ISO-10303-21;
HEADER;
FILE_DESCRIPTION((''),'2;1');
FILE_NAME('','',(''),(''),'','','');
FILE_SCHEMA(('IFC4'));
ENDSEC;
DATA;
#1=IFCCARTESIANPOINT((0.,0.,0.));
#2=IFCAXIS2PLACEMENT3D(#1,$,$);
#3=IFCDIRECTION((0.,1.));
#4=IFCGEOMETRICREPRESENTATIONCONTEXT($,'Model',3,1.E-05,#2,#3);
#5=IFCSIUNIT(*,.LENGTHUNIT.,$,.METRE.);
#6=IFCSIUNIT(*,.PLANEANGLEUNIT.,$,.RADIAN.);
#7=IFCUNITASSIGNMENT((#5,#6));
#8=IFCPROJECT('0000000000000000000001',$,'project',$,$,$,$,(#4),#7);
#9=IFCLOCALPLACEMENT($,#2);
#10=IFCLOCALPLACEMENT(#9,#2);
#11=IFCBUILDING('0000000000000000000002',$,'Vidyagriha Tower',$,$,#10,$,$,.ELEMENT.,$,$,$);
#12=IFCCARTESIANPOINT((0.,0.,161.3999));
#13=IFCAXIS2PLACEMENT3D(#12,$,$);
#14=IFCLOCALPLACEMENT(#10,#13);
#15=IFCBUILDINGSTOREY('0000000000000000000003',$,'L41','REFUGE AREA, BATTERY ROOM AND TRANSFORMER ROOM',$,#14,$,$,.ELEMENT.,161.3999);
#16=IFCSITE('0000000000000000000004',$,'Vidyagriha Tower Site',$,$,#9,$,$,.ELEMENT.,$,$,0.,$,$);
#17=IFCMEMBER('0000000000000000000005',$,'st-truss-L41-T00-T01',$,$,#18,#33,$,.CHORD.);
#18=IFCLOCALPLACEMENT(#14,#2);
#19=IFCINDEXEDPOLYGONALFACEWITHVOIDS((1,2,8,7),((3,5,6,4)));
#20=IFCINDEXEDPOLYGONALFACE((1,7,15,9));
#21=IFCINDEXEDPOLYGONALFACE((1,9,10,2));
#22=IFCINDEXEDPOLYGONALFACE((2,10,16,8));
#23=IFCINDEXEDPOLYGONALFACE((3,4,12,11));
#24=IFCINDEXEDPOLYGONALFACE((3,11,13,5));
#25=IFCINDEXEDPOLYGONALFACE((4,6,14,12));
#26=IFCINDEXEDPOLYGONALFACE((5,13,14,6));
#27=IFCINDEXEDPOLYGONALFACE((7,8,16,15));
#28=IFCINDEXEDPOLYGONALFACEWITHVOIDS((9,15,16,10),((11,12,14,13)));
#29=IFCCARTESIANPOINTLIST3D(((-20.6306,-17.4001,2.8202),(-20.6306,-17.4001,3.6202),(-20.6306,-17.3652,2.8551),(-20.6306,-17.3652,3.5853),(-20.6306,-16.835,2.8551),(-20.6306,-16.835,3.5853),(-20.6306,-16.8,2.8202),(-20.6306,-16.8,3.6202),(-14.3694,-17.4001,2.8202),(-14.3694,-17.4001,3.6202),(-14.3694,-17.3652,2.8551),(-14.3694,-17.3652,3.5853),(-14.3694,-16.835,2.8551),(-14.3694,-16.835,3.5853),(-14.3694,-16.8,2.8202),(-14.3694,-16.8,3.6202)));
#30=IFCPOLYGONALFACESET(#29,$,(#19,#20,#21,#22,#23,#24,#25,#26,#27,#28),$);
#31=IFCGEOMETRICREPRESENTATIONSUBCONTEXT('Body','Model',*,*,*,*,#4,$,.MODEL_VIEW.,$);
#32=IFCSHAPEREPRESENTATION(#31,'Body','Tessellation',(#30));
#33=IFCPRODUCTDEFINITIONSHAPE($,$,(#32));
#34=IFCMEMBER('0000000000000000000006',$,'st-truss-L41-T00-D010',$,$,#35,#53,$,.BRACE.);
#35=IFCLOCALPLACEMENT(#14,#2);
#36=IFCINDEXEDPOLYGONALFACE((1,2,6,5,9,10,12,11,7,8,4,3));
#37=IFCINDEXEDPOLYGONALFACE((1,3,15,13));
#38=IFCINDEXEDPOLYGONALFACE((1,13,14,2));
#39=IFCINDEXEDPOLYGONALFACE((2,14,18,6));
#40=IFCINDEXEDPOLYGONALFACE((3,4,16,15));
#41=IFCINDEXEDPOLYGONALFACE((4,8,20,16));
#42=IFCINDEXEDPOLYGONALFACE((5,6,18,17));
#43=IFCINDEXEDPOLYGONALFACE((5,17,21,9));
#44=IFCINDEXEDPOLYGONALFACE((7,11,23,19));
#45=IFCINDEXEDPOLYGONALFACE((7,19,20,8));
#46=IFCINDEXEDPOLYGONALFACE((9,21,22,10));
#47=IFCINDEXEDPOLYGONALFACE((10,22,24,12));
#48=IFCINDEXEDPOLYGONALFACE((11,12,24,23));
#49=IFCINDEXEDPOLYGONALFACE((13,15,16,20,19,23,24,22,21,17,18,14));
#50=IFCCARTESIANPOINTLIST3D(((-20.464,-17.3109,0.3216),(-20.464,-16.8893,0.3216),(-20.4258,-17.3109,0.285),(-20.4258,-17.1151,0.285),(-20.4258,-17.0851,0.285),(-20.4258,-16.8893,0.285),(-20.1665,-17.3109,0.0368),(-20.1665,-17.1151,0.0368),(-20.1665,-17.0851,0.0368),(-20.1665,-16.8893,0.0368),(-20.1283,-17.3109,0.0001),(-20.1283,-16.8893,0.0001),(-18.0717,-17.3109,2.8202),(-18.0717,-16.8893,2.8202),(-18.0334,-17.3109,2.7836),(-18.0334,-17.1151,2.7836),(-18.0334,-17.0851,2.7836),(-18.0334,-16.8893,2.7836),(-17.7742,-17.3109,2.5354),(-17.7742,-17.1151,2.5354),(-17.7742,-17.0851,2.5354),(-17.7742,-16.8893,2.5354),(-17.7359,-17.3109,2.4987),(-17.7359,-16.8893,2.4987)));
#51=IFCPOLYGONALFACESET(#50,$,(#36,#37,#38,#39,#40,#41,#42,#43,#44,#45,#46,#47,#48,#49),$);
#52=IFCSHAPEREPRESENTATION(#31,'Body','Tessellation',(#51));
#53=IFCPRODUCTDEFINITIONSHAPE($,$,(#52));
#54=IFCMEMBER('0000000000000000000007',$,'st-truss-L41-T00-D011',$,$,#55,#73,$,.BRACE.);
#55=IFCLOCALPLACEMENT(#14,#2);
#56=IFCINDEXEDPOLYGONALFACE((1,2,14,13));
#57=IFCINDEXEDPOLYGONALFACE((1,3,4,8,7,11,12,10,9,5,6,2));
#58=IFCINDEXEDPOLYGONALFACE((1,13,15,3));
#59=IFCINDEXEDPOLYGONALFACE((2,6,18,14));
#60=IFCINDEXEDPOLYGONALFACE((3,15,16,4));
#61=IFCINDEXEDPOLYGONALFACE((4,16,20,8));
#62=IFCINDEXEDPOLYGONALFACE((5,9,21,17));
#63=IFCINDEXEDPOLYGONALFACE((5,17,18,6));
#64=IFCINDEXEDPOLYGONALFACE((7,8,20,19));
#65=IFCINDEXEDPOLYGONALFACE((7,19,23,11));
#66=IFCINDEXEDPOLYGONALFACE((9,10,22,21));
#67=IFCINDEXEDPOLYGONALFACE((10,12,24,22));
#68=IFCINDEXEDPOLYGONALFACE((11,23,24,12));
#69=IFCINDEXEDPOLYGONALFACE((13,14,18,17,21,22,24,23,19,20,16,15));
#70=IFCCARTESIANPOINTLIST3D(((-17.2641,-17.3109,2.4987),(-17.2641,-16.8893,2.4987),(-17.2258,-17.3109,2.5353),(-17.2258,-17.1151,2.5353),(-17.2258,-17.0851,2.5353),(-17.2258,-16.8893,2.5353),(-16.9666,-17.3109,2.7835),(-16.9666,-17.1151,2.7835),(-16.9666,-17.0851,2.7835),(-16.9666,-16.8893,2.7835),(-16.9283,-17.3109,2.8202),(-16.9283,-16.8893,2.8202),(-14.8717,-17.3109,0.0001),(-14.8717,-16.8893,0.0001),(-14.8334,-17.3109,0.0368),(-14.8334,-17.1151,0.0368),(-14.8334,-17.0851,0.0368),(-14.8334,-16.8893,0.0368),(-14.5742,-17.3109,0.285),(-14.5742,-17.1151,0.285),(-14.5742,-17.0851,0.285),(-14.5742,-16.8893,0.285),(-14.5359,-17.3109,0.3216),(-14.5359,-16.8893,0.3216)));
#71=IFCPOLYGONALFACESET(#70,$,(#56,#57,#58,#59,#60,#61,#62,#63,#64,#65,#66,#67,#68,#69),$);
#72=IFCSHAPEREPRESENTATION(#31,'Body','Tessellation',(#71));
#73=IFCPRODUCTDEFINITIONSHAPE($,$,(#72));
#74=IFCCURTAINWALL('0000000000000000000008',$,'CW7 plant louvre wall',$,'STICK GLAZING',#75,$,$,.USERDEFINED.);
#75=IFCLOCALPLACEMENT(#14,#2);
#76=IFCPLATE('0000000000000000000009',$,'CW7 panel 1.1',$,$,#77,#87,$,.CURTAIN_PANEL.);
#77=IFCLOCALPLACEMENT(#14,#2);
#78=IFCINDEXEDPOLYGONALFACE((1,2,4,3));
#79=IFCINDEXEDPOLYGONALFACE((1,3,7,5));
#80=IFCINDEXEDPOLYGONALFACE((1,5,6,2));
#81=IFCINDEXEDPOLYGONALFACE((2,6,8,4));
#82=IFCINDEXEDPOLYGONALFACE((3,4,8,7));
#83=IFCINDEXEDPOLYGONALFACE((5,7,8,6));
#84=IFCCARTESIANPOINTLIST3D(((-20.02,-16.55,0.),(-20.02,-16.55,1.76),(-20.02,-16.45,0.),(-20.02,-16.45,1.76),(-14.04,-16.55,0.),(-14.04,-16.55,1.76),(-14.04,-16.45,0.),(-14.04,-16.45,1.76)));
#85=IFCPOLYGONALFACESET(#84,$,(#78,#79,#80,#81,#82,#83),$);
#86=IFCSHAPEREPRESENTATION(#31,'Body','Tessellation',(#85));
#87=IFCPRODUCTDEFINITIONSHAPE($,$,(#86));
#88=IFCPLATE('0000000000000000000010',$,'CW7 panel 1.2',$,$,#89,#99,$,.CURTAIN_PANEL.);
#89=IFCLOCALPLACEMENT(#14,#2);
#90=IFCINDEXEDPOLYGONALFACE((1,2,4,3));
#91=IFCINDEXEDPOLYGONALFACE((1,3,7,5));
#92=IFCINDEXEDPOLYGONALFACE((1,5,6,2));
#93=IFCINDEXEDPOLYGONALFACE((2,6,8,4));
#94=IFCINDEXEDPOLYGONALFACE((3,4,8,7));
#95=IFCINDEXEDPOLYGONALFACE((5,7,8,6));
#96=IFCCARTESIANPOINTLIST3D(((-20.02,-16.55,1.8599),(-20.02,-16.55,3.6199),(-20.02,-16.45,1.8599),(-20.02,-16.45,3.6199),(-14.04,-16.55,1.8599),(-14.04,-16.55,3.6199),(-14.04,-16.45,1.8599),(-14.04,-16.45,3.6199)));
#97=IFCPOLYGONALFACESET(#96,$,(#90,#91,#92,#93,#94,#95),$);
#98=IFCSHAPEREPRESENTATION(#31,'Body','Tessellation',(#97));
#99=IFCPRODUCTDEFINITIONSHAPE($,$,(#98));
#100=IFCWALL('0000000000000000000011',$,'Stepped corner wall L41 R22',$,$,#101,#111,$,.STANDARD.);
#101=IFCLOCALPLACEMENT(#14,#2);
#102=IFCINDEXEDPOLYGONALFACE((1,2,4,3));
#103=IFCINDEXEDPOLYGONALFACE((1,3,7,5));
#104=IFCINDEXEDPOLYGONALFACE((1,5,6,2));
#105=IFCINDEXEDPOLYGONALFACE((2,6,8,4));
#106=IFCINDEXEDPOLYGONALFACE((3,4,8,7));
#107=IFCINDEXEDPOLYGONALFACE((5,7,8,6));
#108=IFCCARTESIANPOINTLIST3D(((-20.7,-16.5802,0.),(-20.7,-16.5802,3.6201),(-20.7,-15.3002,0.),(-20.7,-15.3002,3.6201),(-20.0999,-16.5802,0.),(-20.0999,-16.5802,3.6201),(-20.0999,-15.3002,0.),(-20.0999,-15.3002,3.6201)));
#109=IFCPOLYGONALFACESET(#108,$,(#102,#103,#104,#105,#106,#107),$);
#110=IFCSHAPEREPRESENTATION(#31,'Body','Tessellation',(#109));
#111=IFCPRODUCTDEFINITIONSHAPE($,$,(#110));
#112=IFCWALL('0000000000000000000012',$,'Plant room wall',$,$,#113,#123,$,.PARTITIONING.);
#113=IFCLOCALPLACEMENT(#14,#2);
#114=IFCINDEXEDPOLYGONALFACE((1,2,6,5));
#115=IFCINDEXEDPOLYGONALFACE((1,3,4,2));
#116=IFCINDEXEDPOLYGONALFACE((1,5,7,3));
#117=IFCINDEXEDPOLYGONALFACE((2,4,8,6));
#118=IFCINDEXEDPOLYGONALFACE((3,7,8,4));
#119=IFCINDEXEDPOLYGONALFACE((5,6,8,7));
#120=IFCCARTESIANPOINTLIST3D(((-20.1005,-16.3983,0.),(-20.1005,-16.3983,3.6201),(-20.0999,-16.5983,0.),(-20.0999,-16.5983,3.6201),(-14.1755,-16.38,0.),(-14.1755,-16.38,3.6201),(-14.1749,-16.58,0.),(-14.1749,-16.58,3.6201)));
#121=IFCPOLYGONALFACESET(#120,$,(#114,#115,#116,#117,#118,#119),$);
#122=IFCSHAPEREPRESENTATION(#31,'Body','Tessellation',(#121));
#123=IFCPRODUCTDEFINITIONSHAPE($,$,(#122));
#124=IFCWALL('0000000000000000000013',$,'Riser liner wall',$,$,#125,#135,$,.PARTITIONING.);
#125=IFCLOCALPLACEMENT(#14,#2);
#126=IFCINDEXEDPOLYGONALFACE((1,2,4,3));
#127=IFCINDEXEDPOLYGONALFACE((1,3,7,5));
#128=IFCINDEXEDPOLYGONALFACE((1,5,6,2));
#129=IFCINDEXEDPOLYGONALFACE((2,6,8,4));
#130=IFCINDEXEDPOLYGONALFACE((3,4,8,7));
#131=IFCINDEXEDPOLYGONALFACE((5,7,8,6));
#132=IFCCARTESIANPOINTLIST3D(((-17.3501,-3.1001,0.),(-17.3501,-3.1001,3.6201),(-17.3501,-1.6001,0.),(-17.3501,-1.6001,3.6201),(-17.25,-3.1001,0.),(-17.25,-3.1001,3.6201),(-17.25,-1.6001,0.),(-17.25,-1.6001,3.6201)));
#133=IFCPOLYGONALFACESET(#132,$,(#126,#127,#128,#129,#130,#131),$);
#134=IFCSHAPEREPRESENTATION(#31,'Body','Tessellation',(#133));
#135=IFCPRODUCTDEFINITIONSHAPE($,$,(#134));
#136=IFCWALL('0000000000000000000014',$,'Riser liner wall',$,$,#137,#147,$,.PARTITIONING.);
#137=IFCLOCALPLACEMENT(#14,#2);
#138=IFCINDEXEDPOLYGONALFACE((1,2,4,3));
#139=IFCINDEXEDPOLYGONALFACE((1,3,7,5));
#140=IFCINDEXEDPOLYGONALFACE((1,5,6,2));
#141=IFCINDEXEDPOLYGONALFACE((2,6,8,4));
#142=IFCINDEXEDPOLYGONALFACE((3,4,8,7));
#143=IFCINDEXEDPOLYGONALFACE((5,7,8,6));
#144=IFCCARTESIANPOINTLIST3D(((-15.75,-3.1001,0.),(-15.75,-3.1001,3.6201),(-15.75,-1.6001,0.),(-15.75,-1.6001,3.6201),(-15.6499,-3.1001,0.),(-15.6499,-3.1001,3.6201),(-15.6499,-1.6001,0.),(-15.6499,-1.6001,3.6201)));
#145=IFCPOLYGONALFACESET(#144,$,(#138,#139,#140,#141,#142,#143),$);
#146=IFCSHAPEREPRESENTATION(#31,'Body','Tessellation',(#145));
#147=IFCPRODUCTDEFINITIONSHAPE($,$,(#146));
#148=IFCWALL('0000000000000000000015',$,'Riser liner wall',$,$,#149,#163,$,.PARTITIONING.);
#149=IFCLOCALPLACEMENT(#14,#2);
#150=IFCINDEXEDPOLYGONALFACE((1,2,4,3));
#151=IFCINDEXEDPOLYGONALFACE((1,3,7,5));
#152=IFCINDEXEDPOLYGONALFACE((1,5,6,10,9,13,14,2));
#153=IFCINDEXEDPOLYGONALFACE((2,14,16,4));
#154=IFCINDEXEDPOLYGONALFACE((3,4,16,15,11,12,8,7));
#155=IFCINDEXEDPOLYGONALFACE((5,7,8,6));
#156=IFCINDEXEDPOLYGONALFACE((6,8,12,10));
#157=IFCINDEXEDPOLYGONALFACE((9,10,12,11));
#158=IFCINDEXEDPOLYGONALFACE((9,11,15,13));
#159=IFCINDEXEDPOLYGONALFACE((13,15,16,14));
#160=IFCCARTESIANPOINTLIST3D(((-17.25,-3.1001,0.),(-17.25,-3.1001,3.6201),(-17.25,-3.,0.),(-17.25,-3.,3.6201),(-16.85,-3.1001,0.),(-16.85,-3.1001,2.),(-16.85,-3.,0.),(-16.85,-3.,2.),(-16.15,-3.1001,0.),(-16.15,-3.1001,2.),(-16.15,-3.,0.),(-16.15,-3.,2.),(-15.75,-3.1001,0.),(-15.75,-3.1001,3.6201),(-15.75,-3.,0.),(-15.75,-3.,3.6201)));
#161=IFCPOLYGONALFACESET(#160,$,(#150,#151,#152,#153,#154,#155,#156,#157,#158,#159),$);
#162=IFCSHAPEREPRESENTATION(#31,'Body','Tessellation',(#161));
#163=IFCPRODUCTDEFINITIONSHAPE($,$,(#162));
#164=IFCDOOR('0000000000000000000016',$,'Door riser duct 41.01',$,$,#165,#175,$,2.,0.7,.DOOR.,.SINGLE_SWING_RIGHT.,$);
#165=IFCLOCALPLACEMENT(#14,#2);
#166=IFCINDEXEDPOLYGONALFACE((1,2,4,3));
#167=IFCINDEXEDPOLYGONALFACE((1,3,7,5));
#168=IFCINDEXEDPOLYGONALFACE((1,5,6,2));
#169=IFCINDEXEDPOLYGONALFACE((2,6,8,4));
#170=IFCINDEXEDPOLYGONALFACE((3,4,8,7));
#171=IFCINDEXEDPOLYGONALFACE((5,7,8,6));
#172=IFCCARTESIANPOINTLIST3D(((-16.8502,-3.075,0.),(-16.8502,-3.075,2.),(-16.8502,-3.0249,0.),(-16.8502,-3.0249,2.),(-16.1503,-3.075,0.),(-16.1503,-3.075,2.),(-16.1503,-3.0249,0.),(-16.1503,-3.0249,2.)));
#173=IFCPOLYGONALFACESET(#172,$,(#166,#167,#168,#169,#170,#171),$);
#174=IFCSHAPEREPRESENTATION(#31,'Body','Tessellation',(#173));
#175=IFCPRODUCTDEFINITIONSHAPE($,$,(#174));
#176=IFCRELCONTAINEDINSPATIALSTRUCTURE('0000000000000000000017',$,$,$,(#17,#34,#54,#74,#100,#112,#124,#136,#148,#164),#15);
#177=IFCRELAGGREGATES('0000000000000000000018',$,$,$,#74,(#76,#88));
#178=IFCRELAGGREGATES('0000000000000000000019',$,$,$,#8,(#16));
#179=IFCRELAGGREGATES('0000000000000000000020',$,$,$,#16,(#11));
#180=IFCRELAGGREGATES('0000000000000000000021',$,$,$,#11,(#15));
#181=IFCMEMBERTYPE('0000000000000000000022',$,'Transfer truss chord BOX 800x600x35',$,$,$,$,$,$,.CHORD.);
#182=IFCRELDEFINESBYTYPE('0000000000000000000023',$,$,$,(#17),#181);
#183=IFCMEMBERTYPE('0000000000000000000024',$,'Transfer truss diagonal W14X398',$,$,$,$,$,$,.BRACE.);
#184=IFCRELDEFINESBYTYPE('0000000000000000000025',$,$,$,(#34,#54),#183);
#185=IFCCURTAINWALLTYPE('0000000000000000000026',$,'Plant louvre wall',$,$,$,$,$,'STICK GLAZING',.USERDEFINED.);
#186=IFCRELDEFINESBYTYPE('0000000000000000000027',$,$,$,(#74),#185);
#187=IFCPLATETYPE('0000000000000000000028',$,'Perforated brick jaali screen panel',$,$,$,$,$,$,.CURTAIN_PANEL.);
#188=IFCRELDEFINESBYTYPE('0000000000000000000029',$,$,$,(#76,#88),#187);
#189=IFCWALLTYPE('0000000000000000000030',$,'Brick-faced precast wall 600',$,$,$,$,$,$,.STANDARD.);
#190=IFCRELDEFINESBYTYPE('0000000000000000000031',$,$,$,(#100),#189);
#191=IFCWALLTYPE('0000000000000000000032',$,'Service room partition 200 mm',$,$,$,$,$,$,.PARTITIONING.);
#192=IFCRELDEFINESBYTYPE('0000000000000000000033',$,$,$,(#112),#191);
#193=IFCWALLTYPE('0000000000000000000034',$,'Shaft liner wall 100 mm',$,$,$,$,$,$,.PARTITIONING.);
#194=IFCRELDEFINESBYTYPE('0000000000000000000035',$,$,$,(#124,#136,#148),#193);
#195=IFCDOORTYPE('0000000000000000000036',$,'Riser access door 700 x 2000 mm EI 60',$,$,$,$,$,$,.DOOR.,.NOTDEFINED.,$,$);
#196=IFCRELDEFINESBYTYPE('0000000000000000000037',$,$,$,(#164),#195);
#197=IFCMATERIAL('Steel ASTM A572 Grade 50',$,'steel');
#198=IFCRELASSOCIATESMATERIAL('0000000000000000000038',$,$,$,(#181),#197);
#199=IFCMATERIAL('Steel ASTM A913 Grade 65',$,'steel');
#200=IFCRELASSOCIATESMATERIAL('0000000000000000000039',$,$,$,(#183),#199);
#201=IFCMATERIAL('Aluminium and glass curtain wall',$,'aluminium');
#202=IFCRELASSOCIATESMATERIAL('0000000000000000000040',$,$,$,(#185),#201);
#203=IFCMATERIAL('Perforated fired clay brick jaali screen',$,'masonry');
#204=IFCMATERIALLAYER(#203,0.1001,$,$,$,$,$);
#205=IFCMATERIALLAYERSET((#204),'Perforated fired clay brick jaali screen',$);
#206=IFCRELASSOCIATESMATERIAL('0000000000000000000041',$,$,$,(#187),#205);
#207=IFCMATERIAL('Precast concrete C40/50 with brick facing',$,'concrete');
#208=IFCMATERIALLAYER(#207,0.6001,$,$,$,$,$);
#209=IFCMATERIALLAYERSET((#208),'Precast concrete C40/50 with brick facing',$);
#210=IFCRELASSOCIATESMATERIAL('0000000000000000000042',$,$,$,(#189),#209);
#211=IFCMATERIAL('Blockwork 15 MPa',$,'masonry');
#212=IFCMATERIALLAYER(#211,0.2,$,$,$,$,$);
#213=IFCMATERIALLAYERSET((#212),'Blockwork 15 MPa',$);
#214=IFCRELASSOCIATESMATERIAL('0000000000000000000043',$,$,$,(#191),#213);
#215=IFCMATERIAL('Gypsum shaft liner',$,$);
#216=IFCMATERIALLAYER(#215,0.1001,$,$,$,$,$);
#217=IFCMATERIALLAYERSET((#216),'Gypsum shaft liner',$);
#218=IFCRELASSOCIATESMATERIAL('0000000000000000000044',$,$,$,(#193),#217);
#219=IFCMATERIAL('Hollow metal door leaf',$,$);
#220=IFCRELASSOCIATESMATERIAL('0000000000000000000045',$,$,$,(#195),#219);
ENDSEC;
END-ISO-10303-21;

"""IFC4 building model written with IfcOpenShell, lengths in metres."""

from ifc_helpers import new_model, si_unit, direction, frame, frame_2d, origin, origin_2d, place, context, subcontext, project, spatial, rectangle, hollow_rectangle, i_section, extrude, material, layer, layer_set, material_profile, profile_set, type_object, element, fill, aggregate, save


model = new_model("IFC4")

# Units and contexts
model_context = context("Model", 3, precision=1e-05, world=origin(), true_north=direction((0.0, 1.0)))
body_context = subcontext(model_context, "Body", "Model", "MODEL_VIEW")
ifc_project = project(units=[si_unit("LENGTHUNIT", "METRE"), si_unit("PLANEANGLEUNIT", "RADIAN")], contexts=[model_context])

# Site, building, storey
site_placement = place(None, origin())
site = spatial("IfcSite", under=ifc_project, at=site_placement, Name="Vidyagriha Tower Site", CompositionType="ELEMENT", RefElevation=0.0)
building_placement = place(site_placement, origin())
building = spatial("IfcBuilding", under=site, at=building_placement, Name="Vidyagriha Tower", CompositionType="ELEMENT")
storey_placement = place(building_placement, frame((0.0, 0.0, 161.3999)))
storey = spatial("IfcBuildingStorey", under=building, at=storey_placement, Name="L41", Description="REFUGE AREA, BATTERY ROOM AND TRANSFORMER ROOM", CompositionType="ELEMENT", Elevation=161.3999)

# Members
ifc_material_1 = material(Name="Steel ASTM A572 Grade 50", Category="steel")
ifc_material_profile_1 = material_profile(ifc_material_1, hollow_rectangle(XDim=0.6001, YDim=0.8, WallThickness=0.0349, at=origin_2d()), Name="BOX 800x600x35")
ifc_profile_set_1 = profile_set([ifc_material_profile_1], Name="Steel ASTM A572 Grade 50")
member_type_1 = type_object("IfcMemberType", Name="Transfer truss chord BOX 800x600x35", PredefinedType="CHORD", material=ifc_profile_set_1)
member_placement = place(storey_placement, frame((-20.6306, -17.1001, 3.2202), z_axis=(1.0, 0.0, 0.0), x_axis=(0.0, 1.0, 0.0)))
element("IfcMember", 1, at=member_placement, inside=storey, type_object=member_type_1, Name="st-truss-L41-T00-T01", PredefinedType="CHORD", context=body_context, shape_type="SweptSolid", body=[
    extrude(hollow_rectangle(XDim=0.6001, YDim=0.8, WallThickness=0.0349, at=origin_2d()), origin(), (0.0, 0.0, 1.0), 6.2612),
])
ifc_material_2 = material(Name="Steel ASTM A913 Grade 65", Category="steel")
ifc_material_profile_2 = material_profile(ifc_material_2, i_section(OverallWidth=0.4216, OverallDepth=0.4648, WebThickness=0.03, FlangeThickness=0.053, at=origin_2d()), Name="W14X398")
ifc_profile_set_2 = profile_set([ifc_material_profile_2], Name="Steel ASTM A913 Grade 65")
member_type_2 = type_object("IfcMemberType", Name="Transfer truss diagonal W14X398", PredefinedType="BRACE", material=ifc_profile_set_2)
for number, where, z_axis, x_axis, name in (
    (2, (-20.2961, -17.1001, 0.1609), (0.69159, 0.0, 0.722291), (0.0, 1.0, 0.0), "st-truss-L41-T00-D010"),
    (3, (-17.0962, -17.1001, 2.6594), (0.69159, 0.0, -0.722291), (0.0, 1.0, 0.0), "st-truss-L41-T00-D011"),
):
    element("IfcMember", number, at=place(storey_placement, frame(where, z_axis=z_axis, x_axis=x_axis)), inside=storey, type_object=member_type_2, Name=name, PredefinedType="BRACE", context=body_context, shape_type="SweptSolid", body=[
        extrude(i_section(OverallWidth=0.4216, OverallDepth=0.4648, WebThickness=0.03, FlangeThickness=0.053, at=origin_2d()), origin(), (0.0, 0.0, 1.0), 3.4592),
    ])

# Curtain wall, plates
ifc_material_3 = material(Name="Aluminium and glass curtain wall", Category="aluminium")
curtain_wall_type = type_object("IfcCurtainWallType", Name="Plant louvre wall", ElementType="STICK GLAZING", PredefinedType="USERDEFINED", material=ifc_material_3)
curtain_wall_placement = place(storey_placement, origin())
curtain_wall = element("IfcCurtainWall", 4, at=curtain_wall_placement, inside=storey, type_object=curtain_wall_type, Name="CW7 plant louvre wall", ObjectType="STICK GLAZING", PredefinedType="USERDEFINED")
ifc_material_4 = material(Name="Perforated fired clay brick jaali screen", Category="masonry")
ifc_layer_1 = layer(ifc_material_4, 0.1001)
ifc_layer_set_1 = layer_set([ifc_layer_1], Name="Perforated fired clay brick jaali screen")
plate_type = type_object("IfcPlateType", Name="Perforated brick jaali screen panel", PredefinedType="CURTAIN_PANEL", material=ifc_layer_set_1)
plate_1_placement = place(storey_placement, frame((-17.03, -16.5, 0.0)))
plate_1 = element("IfcPlate", 5, at=plate_1_placement, type_object=plate_type, Name="CW7 panel 1.1", PredefinedType="CURTAIN_PANEL", context=body_context, shape_type="SweptSolid", body=[
    extrude(rectangle(XDim=5.98, YDim=0.1001, at=origin_2d()), origin(), (0.0, 0.0, 1.0), 1.76),
])
plate_2_placement = place(storey_placement, frame((-17.03, -16.5, 1.8599)))
plate_2 = element("IfcPlate", 6, at=plate_2_placement, type_object=plate_type, Name="CW7 panel 1.2", PredefinedType="CURTAIN_PANEL", context=body_context, shape_type="SweptSolid", body=[
    extrude(rectangle(XDim=5.98, YDim=0.1001, at=origin_2d()), origin(), (0.0, 0.0, 1.0), 1.76),
])
aggregate(curtain_wall, [plate_1, plate_2])

# Walls
ifc_material_5 = material(Name="Precast concrete C40/50 with brick facing", Category="concrete")
ifc_layer_2 = layer(ifc_material_5, 0.6001)
ifc_layer_set_2 = layer_set([ifc_layer_2], Name="Precast concrete C40/50 with brick facing")
wall_type_1 = type_object("IfcWallType", Name="Brick-faced precast wall 600", PredefinedType="STANDARD", material=ifc_layer_set_2)
wall_1_placement = place(storey_placement, frame((-20.3999, -15.3, 0.0), z_axis=(0.0, 0.0, 1.0), x_axis=(0.0, -1.0, 0.0)))
element("IfcWall", 7, at=wall_1_placement, inside=storey, type_object=wall_type_1, Name="Stepped corner wall L41 R22", PredefinedType="STANDARD", context=body_context, shape_type="SweptSolid", body=[
    extrude(rectangle(XDim=1.28, YDim=0.6001, at=frame_2d((0.6401, 0.0))), origin(), (0.0, 0.0, 1.0), 3.6201),
])
ifc_material_6 = material(Name="Blockwork 15 MPa", Category="masonry")
ifc_layer_3 = layer(ifc_material_6, 0.2)
ifc_layer_set_3 = layer_set([ifc_layer_3], Name="Blockwork 15 MPa")
wall_type_2 = type_object("IfcWallType", Name="Service room partition 200 mm", PredefinedType="PARTITIONING", material=ifc_layer_set_3)
wall_2_placement = place(storey_placement, frame((-20.1001, -16.4983, 0.0), z_axis=(0.0, 0.0, 1.0), x_axis=(0.999995, 0.00309, 0.0)))
element("IfcWall", 8, at=wall_2_placement, inside=storey, type_object=wall_type_2, Name="Plant room wall", PredefinedType="PARTITIONING", context=body_context, shape_type="SweptSolid", body=[
    extrude(rectangle(XDim=5.925, YDim=0.2, at=frame_2d((2.9624, 0.0))), origin(), (0.0, 0.0, 1.0), 3.6201),
])
ifc_material_7 = material(Name="Gypsum shaft liner")
ifc_layer_4 = layer(ifc_material_7, 0.1001)
ifc_layer_set_4 = layer_set([ifc_layer_4], Name="Gypsum shaft liner")
wall_type_3 = type_object("IfcWallType", Name="Shaft liner wall 100 mm", PredefinedType="PARTITIONING", material=ifc_layer_set_4)
for number, where, z_axis, x_axis, name in (
    (9, (-17.3, -1.6001, 0.0), (0.0, 0.0, 1.0), (0.0, -1.0, 0.0), "Riser liner wall"),
    (10, (-15.7, -1.6001, 0.0), (0.0, 0.0, 1.0), (0.0, -1.0, 0.0), "Riser liner wall"),
):
    element("IfcWall", number, at=place(storey_placement, frame(where, z_axis=z_axis, x_axis=x_axis)), inside=storey, type_object=wall_type_3, Name=name, PredefinedType="PARTITIONING", context=body_context, shape_type="SweptSolid", body=[
        extrude(rectangle(XDim=1.5, YDim=0.1001, at=frame_2d((0.75, 0.0))), origin(), (0.0, 0.0, 1.0), 3.6201),
    ])

# Wall, opening, door
wall_3_placement = place(storey_placement, frame((-17.25, -3.05, 0.0)))
wall_3 = element("IfcWall", 11, at=wall_3_placement, inside=storey, type_object=wall_type_3, Name="Riser liner wall", PredefinedType="PARTITIONING", context=body_context, shape_type="SweptSolid", body=[
    extrude(rectangle(XDim=1.5, YDim=0.1001, at=frame_2d((0.75, 0.0))), origin(), (0.0, 0.0, 1.0), 3.6201),
])
opening_placement = place(wall_3_placement, frame((0.3999, 0.0, 0.0)))
opening = element("IfcOpeningElement", 12, at=opening_placement, cuts=wall_3, PredefinedType="OPENING", context=body_context, shape_type="SweptSolid", body=[
    extrude(rectangle(XDim=0.7, YDim=2.0, at=frame_2d((0.3501, 1.0))), frame((0.0, 0.0601, 0.0), z_axis=(0.0, -1.0, 0.0), x_axis=(1.0, 0.0, 0.0)), (0.0, 0.0, 1.0), 0.1201),
])
ifc_material_8 = material(Name="Hollow metal door leaf")
door_type = type_object("IfcDoorType", Name="Riser access door 700 x 2000 mm EI 60", OperationType="NOTDEFINED", PredefinedType="DOOR", material=ifc_material_8)
door_placement = place(opening_placement, frame((0.7, 0.0, 0.0), z_axis=(0.0, 0.0, 1.0), x_axis=(-1.0, 0.0, 0.0)))
door = element("IfcDoor", 13, at=door_placement, inside=storey, type_object=door_type, Name="Door riser duct 41.01", OperationType="SINGLE_SWING_RIGHT", OverallHeight=2.0, OverallWidth=0.7, PredefinedType="DOOR", context=body_context, shape_type="SweptSolid", body=[
    extrude(rectangle(XDim=0.7, YDim=2.0, at=frame_2d((0.3501, 1.0))), frame((0.0, 0.0249, 0.0), z_axis=(0.0, -1.0, 0.0), x_axis=(1.0, 0.0, 0.0)), (0.0, 0.0, 1.0), 0.05),
])
fill(opening, door)

save(model, "model.ifc")
